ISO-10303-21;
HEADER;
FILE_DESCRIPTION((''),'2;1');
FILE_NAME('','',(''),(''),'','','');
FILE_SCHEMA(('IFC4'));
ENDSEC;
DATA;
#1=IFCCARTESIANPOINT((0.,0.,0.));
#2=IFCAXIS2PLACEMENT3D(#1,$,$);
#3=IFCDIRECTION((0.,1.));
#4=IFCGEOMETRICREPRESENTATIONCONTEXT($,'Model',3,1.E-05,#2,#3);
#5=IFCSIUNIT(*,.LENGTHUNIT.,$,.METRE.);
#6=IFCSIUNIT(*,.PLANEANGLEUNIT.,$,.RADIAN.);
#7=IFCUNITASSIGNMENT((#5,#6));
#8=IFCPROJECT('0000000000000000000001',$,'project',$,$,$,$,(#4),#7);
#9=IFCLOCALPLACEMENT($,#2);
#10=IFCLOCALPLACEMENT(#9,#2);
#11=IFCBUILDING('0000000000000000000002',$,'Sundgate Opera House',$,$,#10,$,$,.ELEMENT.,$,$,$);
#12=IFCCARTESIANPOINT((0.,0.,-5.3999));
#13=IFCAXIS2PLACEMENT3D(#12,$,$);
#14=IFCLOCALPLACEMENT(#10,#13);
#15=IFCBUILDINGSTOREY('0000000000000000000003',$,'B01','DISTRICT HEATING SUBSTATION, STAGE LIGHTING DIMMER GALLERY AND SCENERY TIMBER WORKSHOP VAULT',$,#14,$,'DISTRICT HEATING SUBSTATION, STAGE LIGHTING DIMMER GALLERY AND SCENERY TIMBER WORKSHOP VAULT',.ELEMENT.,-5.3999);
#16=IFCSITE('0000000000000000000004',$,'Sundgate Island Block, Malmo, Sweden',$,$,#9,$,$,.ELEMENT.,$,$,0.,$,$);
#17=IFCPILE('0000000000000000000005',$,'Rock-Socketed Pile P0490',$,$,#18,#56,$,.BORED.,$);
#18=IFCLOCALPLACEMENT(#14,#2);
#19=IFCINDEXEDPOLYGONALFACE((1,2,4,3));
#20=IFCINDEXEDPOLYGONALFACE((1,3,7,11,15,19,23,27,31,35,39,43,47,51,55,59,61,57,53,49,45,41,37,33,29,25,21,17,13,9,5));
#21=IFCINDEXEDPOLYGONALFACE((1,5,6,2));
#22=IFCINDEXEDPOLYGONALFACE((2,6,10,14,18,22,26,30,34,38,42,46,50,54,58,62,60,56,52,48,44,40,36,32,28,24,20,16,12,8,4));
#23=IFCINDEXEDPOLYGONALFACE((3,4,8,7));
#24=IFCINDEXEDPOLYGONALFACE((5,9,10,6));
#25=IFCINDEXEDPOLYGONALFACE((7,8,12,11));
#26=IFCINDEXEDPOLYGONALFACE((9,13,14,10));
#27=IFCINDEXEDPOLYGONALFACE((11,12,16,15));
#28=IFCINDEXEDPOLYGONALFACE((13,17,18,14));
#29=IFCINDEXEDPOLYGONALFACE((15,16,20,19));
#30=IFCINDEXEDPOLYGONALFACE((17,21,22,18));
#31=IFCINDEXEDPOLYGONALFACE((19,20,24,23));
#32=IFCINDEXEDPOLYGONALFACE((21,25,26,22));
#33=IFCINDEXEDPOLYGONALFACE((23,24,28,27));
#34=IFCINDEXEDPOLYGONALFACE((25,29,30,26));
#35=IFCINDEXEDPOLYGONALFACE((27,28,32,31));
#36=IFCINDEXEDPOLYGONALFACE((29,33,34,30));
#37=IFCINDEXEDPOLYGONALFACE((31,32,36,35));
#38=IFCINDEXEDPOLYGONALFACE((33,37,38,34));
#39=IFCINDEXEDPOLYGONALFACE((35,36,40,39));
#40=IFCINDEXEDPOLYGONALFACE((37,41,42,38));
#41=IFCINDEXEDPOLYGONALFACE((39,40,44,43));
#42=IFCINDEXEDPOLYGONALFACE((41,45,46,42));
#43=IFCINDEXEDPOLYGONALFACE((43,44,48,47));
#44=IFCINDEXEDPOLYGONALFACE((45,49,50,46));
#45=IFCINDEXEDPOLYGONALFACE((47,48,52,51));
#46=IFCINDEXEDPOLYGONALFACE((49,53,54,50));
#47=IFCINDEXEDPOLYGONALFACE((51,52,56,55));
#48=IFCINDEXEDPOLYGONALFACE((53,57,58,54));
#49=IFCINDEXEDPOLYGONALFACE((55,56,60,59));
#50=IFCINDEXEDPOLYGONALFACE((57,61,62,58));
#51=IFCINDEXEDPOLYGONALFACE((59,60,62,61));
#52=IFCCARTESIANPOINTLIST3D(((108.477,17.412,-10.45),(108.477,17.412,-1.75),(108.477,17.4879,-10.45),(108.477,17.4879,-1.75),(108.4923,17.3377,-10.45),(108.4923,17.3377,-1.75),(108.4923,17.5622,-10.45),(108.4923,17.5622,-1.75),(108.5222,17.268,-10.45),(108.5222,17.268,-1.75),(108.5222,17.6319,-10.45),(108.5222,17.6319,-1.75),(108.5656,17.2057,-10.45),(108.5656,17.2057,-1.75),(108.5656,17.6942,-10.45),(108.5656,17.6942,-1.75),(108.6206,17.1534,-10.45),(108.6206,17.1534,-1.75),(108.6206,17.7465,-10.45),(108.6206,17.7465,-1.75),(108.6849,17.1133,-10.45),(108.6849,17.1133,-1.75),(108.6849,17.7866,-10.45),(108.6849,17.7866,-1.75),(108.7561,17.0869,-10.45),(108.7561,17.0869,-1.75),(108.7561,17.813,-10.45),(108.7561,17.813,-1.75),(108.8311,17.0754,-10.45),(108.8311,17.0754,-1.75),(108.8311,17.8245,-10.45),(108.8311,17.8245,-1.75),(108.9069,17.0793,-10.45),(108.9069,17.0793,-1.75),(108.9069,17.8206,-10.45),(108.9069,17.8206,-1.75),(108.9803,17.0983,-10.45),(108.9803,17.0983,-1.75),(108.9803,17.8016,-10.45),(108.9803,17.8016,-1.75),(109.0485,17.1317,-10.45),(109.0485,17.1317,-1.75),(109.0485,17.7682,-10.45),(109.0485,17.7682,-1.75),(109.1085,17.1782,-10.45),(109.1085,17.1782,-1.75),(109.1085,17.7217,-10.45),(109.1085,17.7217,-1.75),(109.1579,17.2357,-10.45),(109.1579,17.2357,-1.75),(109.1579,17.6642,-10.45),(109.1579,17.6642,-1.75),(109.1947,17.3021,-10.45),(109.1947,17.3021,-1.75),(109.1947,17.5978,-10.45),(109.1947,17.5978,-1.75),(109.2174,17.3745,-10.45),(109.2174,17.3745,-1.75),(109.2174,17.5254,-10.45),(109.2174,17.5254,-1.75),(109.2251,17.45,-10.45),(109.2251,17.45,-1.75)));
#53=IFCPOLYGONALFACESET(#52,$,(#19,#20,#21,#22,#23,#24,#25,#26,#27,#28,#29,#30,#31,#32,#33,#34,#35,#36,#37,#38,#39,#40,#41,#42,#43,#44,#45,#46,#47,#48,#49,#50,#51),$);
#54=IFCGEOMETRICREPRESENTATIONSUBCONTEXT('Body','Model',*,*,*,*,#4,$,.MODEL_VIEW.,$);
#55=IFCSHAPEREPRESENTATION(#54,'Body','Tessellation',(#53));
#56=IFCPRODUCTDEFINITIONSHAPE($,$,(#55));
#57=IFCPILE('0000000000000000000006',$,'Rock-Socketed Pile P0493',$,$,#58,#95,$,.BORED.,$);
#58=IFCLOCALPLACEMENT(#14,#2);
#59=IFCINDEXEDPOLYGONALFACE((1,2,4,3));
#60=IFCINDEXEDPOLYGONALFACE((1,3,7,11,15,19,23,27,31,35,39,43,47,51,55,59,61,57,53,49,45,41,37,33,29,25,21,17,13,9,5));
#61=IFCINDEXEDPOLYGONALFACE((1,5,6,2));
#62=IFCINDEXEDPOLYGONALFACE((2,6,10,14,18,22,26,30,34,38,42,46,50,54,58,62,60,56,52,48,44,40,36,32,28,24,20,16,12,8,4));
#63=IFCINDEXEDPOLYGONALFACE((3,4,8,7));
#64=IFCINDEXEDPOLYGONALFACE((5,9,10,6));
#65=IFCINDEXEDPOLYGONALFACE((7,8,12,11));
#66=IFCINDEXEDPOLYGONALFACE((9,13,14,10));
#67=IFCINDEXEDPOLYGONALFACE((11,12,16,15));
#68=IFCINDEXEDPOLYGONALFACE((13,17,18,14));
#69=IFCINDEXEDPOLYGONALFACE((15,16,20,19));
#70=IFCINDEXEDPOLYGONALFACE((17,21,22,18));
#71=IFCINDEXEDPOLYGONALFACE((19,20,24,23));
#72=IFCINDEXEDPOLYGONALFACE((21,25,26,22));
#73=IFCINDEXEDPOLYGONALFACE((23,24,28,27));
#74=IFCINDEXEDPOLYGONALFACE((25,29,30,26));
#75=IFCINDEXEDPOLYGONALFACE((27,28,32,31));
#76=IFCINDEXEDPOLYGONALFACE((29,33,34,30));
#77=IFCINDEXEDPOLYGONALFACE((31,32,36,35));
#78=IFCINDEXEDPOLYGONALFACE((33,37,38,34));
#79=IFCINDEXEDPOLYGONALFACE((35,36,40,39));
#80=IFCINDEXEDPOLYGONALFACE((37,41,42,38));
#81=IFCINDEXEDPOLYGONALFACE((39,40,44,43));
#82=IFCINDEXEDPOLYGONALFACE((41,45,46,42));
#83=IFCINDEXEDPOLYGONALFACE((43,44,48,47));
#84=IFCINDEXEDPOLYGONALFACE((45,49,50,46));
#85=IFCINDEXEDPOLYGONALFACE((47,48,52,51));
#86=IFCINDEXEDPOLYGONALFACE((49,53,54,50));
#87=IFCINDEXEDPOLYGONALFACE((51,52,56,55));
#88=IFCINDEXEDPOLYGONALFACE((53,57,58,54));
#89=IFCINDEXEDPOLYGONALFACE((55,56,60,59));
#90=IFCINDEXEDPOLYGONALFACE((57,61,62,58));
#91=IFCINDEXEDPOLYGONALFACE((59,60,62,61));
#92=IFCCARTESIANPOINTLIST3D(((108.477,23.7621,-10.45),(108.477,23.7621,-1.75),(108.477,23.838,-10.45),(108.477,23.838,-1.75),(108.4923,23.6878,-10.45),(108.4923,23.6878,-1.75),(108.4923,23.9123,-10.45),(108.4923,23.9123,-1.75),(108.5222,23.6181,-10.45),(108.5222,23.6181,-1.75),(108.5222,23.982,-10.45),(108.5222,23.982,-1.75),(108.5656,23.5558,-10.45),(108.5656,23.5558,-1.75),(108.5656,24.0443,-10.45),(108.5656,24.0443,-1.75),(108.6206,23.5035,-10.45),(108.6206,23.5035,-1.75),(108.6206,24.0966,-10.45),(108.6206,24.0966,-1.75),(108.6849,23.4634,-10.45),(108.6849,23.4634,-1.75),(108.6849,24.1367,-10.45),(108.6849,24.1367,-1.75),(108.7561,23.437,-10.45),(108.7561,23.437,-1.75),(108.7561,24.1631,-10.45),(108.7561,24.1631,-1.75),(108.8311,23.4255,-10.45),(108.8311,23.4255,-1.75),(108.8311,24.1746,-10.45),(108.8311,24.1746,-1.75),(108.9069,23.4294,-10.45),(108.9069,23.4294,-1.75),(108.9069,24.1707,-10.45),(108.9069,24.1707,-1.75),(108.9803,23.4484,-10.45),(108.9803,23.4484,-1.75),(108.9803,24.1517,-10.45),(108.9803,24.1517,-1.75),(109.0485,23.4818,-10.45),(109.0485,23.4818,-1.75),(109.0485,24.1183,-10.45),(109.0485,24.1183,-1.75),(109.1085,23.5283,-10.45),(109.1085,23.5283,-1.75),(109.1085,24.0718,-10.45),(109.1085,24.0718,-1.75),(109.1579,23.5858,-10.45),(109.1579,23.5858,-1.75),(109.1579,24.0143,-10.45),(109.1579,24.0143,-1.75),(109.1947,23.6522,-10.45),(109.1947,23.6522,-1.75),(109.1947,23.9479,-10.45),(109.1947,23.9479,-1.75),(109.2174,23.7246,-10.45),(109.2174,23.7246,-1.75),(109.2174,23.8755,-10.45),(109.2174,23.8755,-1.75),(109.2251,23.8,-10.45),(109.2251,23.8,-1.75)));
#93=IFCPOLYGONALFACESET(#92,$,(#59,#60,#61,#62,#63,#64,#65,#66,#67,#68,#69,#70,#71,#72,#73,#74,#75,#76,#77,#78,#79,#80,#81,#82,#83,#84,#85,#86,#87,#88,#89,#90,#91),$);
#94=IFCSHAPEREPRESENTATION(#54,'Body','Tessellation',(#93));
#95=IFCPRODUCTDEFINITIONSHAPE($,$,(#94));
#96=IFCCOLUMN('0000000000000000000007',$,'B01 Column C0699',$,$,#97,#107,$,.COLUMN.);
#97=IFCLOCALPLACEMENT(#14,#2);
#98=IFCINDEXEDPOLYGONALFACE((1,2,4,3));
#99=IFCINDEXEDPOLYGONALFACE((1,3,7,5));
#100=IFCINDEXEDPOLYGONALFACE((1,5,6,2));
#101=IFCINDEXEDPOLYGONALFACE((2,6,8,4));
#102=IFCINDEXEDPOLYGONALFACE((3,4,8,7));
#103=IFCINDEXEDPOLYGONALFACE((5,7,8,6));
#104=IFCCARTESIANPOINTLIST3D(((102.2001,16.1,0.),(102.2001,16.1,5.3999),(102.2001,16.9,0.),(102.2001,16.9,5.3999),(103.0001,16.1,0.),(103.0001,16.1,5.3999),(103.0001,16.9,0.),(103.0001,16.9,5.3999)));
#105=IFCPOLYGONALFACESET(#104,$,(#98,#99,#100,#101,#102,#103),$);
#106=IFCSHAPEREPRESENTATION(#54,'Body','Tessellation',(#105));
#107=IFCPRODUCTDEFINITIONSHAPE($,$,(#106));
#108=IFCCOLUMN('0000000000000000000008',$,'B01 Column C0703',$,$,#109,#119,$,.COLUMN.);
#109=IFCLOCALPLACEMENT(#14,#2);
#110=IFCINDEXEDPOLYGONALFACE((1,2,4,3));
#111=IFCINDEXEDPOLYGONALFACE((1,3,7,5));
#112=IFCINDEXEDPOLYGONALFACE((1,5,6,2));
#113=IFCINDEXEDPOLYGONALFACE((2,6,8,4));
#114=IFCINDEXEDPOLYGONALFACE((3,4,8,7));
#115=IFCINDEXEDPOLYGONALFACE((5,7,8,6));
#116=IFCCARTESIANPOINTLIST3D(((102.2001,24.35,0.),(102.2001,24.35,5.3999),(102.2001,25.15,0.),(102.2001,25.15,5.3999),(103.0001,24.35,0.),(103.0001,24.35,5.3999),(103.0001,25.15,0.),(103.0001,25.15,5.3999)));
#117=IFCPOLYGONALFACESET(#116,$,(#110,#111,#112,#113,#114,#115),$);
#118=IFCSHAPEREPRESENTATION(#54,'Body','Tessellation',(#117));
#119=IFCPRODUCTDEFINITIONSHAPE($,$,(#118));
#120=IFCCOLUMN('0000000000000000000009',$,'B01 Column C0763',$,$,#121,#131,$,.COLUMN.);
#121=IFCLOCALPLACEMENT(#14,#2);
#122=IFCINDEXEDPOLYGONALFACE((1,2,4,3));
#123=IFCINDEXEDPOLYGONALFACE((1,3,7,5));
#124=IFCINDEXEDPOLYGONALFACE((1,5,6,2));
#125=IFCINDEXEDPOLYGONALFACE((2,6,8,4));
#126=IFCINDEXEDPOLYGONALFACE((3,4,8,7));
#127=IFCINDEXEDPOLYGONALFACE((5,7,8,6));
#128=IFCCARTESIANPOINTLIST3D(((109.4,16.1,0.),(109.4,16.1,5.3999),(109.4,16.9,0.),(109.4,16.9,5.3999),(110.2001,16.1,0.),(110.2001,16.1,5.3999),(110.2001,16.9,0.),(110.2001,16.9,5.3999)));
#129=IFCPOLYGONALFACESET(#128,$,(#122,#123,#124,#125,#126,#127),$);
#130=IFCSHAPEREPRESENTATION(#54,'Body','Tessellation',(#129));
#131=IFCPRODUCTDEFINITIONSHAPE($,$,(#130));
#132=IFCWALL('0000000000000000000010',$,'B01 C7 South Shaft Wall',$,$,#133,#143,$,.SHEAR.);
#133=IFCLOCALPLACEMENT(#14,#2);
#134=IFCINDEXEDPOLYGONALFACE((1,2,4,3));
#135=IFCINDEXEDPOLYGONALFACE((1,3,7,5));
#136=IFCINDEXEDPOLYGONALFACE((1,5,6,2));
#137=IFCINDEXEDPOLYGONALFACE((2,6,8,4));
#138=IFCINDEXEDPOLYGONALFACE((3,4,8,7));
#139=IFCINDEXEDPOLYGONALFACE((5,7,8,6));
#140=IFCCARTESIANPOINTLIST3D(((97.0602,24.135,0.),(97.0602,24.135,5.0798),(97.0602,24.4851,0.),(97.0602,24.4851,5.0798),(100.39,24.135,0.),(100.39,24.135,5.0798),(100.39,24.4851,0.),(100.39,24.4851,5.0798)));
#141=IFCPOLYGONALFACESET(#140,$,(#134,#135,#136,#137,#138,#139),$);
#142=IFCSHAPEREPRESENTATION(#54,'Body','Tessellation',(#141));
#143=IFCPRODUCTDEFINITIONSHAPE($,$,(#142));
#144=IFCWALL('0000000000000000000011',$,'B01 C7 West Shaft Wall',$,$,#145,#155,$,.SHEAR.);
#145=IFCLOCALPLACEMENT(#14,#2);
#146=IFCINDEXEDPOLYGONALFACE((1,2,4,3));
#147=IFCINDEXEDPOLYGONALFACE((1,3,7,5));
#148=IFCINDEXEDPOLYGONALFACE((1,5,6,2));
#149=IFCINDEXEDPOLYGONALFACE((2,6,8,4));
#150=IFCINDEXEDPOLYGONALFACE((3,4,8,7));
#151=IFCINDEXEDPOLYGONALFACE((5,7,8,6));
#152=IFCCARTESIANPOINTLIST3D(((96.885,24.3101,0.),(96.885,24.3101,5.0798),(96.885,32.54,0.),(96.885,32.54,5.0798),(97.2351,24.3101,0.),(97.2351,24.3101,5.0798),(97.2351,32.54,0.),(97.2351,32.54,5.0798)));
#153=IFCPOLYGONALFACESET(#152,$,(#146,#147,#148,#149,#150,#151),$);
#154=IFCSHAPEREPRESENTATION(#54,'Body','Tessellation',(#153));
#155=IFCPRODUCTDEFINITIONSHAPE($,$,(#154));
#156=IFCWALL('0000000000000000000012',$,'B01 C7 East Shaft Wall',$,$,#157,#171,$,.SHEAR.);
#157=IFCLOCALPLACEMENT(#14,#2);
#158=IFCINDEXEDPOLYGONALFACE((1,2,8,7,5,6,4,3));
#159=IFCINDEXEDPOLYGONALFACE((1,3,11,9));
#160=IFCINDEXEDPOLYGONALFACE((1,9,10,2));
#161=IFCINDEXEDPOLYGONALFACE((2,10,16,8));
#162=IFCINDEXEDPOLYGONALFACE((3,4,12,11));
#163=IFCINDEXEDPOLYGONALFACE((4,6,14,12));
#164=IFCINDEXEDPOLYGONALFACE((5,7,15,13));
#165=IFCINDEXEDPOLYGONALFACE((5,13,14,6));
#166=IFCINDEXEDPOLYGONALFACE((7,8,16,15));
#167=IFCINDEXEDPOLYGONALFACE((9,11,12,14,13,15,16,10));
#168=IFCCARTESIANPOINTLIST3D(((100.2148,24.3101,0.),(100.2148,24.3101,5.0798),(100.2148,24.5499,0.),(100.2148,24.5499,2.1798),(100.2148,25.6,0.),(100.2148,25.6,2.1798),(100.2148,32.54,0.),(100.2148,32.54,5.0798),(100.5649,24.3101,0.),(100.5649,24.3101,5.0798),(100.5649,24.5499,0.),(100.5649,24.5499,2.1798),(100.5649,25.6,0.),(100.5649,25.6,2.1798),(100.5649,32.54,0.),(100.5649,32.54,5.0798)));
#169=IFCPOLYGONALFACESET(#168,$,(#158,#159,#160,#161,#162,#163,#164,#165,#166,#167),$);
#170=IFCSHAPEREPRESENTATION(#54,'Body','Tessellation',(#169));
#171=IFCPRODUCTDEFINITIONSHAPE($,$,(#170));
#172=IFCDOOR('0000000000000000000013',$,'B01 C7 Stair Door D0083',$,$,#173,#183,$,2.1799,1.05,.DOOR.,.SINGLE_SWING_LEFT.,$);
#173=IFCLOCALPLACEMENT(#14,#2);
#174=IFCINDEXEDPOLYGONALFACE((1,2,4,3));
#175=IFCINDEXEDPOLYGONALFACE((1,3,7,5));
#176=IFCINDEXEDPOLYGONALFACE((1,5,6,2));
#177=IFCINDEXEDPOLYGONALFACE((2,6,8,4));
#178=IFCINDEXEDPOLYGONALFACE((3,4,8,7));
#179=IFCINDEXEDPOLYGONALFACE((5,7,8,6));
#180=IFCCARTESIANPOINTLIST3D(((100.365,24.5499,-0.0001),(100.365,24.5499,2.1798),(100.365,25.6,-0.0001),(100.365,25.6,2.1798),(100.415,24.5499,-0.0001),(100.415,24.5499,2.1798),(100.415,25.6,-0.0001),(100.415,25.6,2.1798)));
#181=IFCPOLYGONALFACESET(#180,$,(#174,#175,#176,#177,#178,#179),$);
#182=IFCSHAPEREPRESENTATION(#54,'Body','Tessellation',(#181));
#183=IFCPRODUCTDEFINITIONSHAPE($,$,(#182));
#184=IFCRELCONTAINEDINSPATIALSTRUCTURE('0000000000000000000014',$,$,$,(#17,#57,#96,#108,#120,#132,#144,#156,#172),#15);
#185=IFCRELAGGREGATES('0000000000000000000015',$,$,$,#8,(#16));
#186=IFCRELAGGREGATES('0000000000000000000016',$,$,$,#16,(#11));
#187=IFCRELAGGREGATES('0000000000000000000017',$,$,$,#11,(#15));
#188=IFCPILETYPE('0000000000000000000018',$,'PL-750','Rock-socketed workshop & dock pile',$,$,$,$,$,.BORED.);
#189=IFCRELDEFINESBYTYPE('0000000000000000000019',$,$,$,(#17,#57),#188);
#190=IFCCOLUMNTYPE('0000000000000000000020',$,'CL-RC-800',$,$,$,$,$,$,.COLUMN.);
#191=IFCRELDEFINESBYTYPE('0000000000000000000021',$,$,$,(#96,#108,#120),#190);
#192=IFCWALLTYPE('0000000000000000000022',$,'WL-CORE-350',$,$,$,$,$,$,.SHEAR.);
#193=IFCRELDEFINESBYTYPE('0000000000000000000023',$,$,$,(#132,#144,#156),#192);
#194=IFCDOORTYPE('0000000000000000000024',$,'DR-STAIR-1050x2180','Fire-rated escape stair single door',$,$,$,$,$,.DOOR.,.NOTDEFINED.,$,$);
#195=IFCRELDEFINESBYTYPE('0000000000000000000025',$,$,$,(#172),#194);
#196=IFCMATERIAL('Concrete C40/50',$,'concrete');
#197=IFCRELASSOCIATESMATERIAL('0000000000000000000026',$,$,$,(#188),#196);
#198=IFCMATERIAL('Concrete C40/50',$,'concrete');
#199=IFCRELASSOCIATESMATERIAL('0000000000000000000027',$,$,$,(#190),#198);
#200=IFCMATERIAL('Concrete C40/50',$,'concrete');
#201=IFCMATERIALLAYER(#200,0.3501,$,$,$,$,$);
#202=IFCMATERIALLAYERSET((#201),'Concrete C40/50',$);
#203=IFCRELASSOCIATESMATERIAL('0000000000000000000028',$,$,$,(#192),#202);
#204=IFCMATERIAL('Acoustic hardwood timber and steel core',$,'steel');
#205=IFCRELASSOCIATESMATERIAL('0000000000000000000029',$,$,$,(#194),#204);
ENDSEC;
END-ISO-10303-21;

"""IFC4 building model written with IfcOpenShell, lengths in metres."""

from ifc_helpers import new_model, si_unit, direction, frame, frame_2d, origin, origin_2d, place, context, subcontext, project, spatial, rectangle, circle, extrude, material, layer, layer_set, material_profile, profile_set, type_object, element, fill, save


model = new_model("IFC4")

# Units and contexts
model_context = context("Model", 3, precision=1e-05, world=origin(), true_north=direction((0.0, 1.0)))
body_context = subcontext(model_context, "Body", "Model", "MODEL_VIEW")
ifc_project = project(units=[si_unit("LENGTHUNIT", "METRE"), si_unit("PLANEANGLEUNIT", "RADIAN")], contexts=[model_context])

# Site, building, storey
site_placement = place(None, origin())
site = spatial("IfcSite", under=ifc_project, at=site_placement, Name="Sundgate Island Block, Malmo, Sweden", CompositionType="ELEMENT", RefElevation=0.0)
building_placement = place(site_placement, origin())
building = spatial("IfcBuilding", under=site, at=building_placement, Name="Sundgate Opera House", CompositionType="ELEMENT")
storey_placement = place(building_placement, frame((0.0, 0.0, -5.3999)))
storey = spatial("IfcBuildingStorey", under=building, at=storey_placement, Name="B01", Description="DISTRICT HEATING SUBSTATION, STAGE LIGHTING DIMMER GALLERY AND SCENERY TIMBER WORKSHOP VAULT", LongName="DISTRICT HEATING SUBSTATION, STAGE LIGHTING DIMMER GALLERY AND SCENERY TIMBER WORKSHOP VAULT", CompositionType="ELEMENT", Elevation=-5.3999)

# Piles
ifc_material_1 = material(Name="Concrete C40/50", Category="concrete")
ifc_material_profile_1 = material_profile(ifc_material_1, circle(Radius=0.375, at=origin_2d()), Name="PILE D750")
ifc_profile_set_1 = profile_set([ifc_material_profile_1], Name="Concrete C40/50")
pile_type = type_object("IfcPileType", Name="PL-750", Description="Rock-socketed workshop & dock pile", PredefinedType="BORED", material=ifc_profile_set_1)
for number, where, z_axis, x_axis, name in (
    (1, (108.8501, 17.45, -1.75), (0.0, 0.0, -1.0), (1.0, 0.0, 0.0), "Rock-Socketed Pile P0490"),
    (2, (108.8501, 23.8, -1.75), (0.0, 0.0, -1.0), (1.0, 0.0, 0.0), "Rock-Socketed Pile P0493"),
):
    element("IfcPile", number, at=place(storey_placement, frame(where, z_axis=z_axis, x_axis=x_axis)), inside=storey, type_object=pile_type, Name=name, PredefinedType="BORED", context=body_context, shape_type="SweptSolid", body=[
        extrude(circle(Radius=0.375, at=origin_2d()), origin(), (0.0, 0.0, 1.0), 8.7),
    ])

# Columns
ifc_material_2 = material(Name="Concrete C40/50", Category="concrete")
ifc_material_profile_2 = material_profile(ifc_material_2, rectangle(XDim=0.8, YDim=0.8, at=origin_2d()), Name="RC 800x800")
ifc_profile_set_2 = profile_set([ifc_material_profile_2], Name="Concrete C40/50")
column_type = type_object("IfcColumnType", Name="CL-RC-800", PredefinedType="COLUMN", material=ifc_profile_set_2)
for number, where, z_axis, x_axis, name in (
    (3, (102.6001, 16.5, 0.0), (0.0, 0.0, 1.0), (1.0, 0.0, 0.0), "B01 Column C0699"),
    (4, (102.6001, 24.75, 0.0), (0.0, 0.0, 1.0), (1.0, 0.0, 0.0), "B01 Column C0703"),
    (5, (109.8, 16.5, 0.0), (0.0, 0.0, 1.0), (1.0, 0.0, 0.0), "B01 Column C0763"),
):
    element("IfcColumn", number, at=place(storey_placement, frame(where, z_axis=z_axis, x_axis=x_axis)), inside=storey, type_object=column_type, Name=name, PredefinedType="COLUMN", context=body_context, shape_type="SweptSolid", body=[
        extrude(rectangle(XDim=0.8, YDim=0.8, at=origin_2d()), origin(), (0.0, 0.0, 1.0), 5.3999),
    ])

# Walls
ifc_material_3 = material(Name="Concrete C40/50", Category="concrete")
ifc_layer_1 = layer(ifc_material_3, 0.3501)
ifc_layer_set_1 = layer_set([ifc_layer_1], Name="Concrete C40/50")
wall_type_1 = type_object("IfcWallType", Name="WL-CORE-350", PredefinedType="SHEAR", material=ifc_layer_set_1)
wall_1_placement = place(storey_placement, frame((97.0601, 24.3101, 0.0), z_axis=(0.0, 0.0, 1.0), x_axis=(1.0, 0.0, 0.0)))
element("IfcWall", 6, at=wall_1_placement, inside=storey, type_object=wall_type_1, Name="B01 C7 South Shaft Wall", PredefinedType="SHEAR", context=body_context, shape_type="SweptSolid", body=[
    extrude(rectangle(XDim=3.3298, YDim=0.3501, at=frame_2d((1.665, 0.0))), origin(), (0.0, 0.0, 1.0), 5.0798),
])
wall_2_placement = place(storey_placement, frame((97.0601, 24.3101, 0.0), z_axis=(0.0, 0.0, 1.0), x_axis=(0.0, 1.0, 0.0)))
element("IfcWall", 7, at=wall_2_placement, inside=storey, type_object=wall_type_1, Name="B01 C7 West Shaft Wall", PredefinedType="SHEAR", context=body_context, shape_type="SweptSolid", body=[
    extrude(rectangle(XDim=8.23, YDim=0.3501, at=frame_2d((4.115, 0.0))), origin(), (0.0, 0.0, 1.0), 5.0798),
])

# Wall, opening, door
wall_3_placement = place(storey_placement, frame((100.3899, 24.3101, 0.0), z_axis=(0.0, 0.0, 1.0), x_axis=(0.0, 1.0, 0.0)))
wall_3 = element("IfcWall", 8, at=wall_3_placement, inside=storey, type_object=wall_type_1, Name="B01 C7 East Shaft Wall", PredefinedType="SHEAR", context=body_context, shape_type="SweptSolid", body=[
    extrude(rectangle(XDim=8.23, YDim=0.3501, at=frame_2d((4.115, 0.0))), origin(), (0.0, 0.0, 1.0), 5.0798),
])
opening_1_placement = place(wall_3_placement, frame((0.24, 0.0, 0.0)))
opening_1 = element("IfcOpeningElement", 9, at=opening_1_placement, cuts=wall_3, PredefinedType="OPENING", context=body_context, shape_type="SweptSolid", body=[
    extrude(rectangle(XDim=1.05, YDim=2.1799, at=frame_2d((0.5249, 1.0898))), frame((0.0, 0.1851, 0.0), z_axis=(0.0, -1.0, 0.0), x_axis=(1.0, 0.0, 0.0)), (0.0, 0.0, 1.0), 0.3701),
])
ifc_material_4 = material(Name="Acoustic hardwood timber and steel core", Category="steel")
door_type_1 = type_object("IfcDoorType", Name="DR-STAIR-1050x2180", Description="Fire-rated escape stair single door", OperationType="NOTDEFINED", PredefinedType="DOOR", material=ifc_material_4)
door_1_placement = place(opening_1_placement, origin())
door_1 = element("IfcDoor", 10, at=door_1_placement, inside=storey, type_object=door_type_1, Name="B01 C7 Stair Door D0083", OperationType="SINGLE_SWING_LEFT", OverallHeight=2.1799, OverallWidth=1.05, PredefinedType="DOOR", context=body_context, shape_type="SweptSolid", body=[
    extrude(rectangle(XDim=1.05, YDim=2.1799, at=frame_2d((0.5249, 1.0898))), frame((0.0, 0.0249, 0.0), z_axis=(0.0, -1.0, 0.0), x_axis=(1.0, 0.0, 0.0)), (0.0, 0.0, 1.0), 0.05),
])
fill(opening_1, door_1)

save(model, "model.ifc")
